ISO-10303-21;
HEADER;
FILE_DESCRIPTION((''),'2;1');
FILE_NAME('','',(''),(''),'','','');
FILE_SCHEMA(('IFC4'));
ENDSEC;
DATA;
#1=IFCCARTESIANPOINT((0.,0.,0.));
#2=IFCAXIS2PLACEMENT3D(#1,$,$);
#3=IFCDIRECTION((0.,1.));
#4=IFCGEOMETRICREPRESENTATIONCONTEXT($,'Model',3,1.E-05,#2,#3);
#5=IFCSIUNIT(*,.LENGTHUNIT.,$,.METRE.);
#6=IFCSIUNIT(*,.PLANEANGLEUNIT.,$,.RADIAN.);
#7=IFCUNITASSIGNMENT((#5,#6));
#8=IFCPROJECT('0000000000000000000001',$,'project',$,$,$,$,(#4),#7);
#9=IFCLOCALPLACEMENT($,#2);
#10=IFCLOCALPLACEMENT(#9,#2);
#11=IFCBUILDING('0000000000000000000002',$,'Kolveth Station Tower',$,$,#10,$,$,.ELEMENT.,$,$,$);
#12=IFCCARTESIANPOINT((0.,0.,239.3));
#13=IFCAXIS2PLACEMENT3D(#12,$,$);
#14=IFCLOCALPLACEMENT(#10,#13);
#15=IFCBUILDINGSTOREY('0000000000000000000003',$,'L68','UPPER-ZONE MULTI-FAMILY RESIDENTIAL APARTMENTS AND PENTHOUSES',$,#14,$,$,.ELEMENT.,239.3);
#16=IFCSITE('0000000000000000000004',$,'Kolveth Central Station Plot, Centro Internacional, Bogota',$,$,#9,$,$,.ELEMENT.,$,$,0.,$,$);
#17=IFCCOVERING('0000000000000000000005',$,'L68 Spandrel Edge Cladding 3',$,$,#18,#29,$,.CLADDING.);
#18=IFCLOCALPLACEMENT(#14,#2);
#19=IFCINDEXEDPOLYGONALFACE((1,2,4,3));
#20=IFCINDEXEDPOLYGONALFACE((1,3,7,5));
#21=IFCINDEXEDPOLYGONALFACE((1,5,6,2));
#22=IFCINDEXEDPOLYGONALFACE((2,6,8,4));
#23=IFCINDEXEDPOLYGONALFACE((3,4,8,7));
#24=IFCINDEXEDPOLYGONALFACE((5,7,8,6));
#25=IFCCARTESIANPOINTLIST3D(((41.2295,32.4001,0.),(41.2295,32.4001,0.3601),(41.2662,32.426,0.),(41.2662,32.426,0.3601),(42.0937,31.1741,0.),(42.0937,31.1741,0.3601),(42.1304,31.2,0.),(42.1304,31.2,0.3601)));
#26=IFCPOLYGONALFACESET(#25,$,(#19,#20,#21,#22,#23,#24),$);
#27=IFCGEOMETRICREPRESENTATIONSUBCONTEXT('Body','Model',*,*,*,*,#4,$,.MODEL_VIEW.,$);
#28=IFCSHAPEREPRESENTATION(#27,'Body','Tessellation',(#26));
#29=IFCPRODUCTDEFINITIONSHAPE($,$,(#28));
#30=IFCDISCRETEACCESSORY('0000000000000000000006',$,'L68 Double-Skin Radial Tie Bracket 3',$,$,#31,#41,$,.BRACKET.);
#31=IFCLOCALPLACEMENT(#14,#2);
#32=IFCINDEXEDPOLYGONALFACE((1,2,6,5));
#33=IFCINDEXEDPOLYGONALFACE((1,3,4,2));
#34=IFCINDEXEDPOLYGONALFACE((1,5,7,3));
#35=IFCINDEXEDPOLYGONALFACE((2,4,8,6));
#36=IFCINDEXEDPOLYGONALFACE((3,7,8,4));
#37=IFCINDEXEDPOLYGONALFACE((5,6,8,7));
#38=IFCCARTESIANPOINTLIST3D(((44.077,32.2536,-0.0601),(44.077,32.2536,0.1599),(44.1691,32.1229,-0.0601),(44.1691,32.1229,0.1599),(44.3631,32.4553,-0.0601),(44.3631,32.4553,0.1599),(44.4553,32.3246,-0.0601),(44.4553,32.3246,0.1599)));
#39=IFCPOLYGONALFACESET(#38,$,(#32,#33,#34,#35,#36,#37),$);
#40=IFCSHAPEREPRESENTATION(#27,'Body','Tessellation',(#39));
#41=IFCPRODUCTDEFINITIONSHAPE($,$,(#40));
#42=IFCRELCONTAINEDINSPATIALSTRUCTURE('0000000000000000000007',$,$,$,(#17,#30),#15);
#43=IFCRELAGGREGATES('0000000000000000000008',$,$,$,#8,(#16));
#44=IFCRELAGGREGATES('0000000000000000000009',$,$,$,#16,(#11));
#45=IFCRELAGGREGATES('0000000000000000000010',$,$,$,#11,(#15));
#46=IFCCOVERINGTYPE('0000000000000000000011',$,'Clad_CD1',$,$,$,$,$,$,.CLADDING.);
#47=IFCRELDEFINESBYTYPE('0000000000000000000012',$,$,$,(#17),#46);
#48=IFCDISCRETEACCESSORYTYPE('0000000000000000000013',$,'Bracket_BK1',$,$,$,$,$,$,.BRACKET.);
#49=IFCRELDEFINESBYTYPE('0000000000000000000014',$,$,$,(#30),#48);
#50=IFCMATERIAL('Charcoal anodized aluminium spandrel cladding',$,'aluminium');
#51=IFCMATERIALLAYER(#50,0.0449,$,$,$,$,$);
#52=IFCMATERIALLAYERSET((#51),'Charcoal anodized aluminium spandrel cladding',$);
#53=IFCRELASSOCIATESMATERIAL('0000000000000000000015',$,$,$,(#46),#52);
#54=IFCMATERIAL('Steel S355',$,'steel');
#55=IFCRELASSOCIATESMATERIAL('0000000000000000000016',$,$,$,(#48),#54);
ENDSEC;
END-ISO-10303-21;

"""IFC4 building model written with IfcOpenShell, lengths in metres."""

from ifc_helpers import new_model, si_unit, direction, frame, origin, origin_2d, place, context, subcontext, project, spatial, rectangle, extrude, source, transform, mapped, material, layer, layer_set, type_object, element, save


model = new_model("IFC4")

# Units and contexts
model_context = context("Model", 3, precision=1e-05, world=origin(), true_north=direction((0.0, 1.0)))
body_context = subcontext(model_context, "Body", "Model", "MODEL_VIEW")
ifc_project = project(units=[si_unit("LENGTHUNIT", "METRE"), si_unit("PLANEANGLEUNIT", "RADIAN")], contexts=[model_context])

# Site, building, storey
site_placement = place(None, origin())
site = spatial("IfcSite", under=ifc_project, at=site_placement, Name="Kolveth Central Station Plot, Centro Internacional, Bogota", CompositionType="ELEMENT", RefElevation=0.0)
building_placement = place(site_placement, origin())
building = spatial("IfcBuilding", under=site, at=building_placement, Name="Kolveth Station Tower", CompositionType="ELEMENT")
storey_placement = place(building_placement, frame((0.0, 0.0, 239.3)))
storey = spatial("IfcBuildingStorey", under=building, at=storey_placement, Name="L68", Description="UPPER-ZONE MULTI-FAMILY RESIDENTIAL APARTMENTS AND PENTHOUSES", CompositionType="ELEMENT", Elevation=239.3)

# Shared definitions
ifc_material_1 = material(Name="Steel S355", Category="steel")

# Covering
ifc_material_2 = material(Name="Charcoal anodized aluminium spandrel cladding", Category="aluminium")
ifc_layer_1 = layer(ifc_material_2, 0.0449)
ifc_layer_set_1 = layer_set([ifc_layer_1], Name="Charcoal anodized aluminium spandrel cladding")
covering_type = type_object("IfcCoveringType", Name="Clad_CD1", PredefinedType="CLADDING", material=ifc_layer_set_1)
shared_shape_1 = source(origin(), body_context, "Body", "SweptSolid", [
    extrude(rectangle(XDim=1.5, YDim=0.0449, at=origin_2d()), origin(), (0.0, 0.0, 1.0), 0.3601),
])
covering_placement = place(storey_placement, frame((41.6799, 31.8, 0.0), z_axis=(0.0, 0.0, 1.0), x_axis=(-0.576147, 0.817346, 0.0)))
element("IfcCovering", 1, at=covering_placement, inside=storey, type_object=covering_type, Name="L68 Spandrel Edge Cladding 3", PredefinedType="CLADDING", context=body_context, shape_type="MappedRepresentation", body=[
    mapped(shared_shape_1, transform((0.0, 0.0, 0.0), x_axis=(1.0, 0.0, 0.0), y_axis=(0.0, 1.0, 0.0), z_axis=(0.0, 0.0, 1.0), scale=1.0)),
])

# Discrete accessory
discrete_accessory_type = type_object("IfcDiscreteAccessoryType", Name="Bracket_BK1", PredefinedType="BRACKET", material=ifc_material_1)
shared_shape_2 = source(origin(), body_context, "Body", "SweptSolid", [
    extrude(rectangle(XDim=0.3501, YDim=0.1599, at=origin_2d()), origin(), (0.0, 0.0, 1.0), 0.22),
])
discrete_accessory_placement = place(storey_placement, frame((44.2661, 32.2891, -0.0601), z_axis=(0.0, 0.0, 1.0), x_axis=(0.817346, 0.576147, 0.0)))
element("IfcDiscreteAccessory", 2, at=discrete_accessory_placement, inside=storey, type_object=discrete_accessory_type, Name="L68 Double-Skin Radial Tie Bracket 3", PredefinedType="BRACKET", context=body_context, shape_type="MappedRepresentation", body=[
    mapped(shared_shape_2, transform((0.0, 0.0, 0.0), x_axis=(1.0, 0.0, 0.0), y_axis=(0.0, 1.0, 0.0), z_axis=(0.0, 0.0, 1.0), scale=1.0)),
])

save(model, "model.ifc")
